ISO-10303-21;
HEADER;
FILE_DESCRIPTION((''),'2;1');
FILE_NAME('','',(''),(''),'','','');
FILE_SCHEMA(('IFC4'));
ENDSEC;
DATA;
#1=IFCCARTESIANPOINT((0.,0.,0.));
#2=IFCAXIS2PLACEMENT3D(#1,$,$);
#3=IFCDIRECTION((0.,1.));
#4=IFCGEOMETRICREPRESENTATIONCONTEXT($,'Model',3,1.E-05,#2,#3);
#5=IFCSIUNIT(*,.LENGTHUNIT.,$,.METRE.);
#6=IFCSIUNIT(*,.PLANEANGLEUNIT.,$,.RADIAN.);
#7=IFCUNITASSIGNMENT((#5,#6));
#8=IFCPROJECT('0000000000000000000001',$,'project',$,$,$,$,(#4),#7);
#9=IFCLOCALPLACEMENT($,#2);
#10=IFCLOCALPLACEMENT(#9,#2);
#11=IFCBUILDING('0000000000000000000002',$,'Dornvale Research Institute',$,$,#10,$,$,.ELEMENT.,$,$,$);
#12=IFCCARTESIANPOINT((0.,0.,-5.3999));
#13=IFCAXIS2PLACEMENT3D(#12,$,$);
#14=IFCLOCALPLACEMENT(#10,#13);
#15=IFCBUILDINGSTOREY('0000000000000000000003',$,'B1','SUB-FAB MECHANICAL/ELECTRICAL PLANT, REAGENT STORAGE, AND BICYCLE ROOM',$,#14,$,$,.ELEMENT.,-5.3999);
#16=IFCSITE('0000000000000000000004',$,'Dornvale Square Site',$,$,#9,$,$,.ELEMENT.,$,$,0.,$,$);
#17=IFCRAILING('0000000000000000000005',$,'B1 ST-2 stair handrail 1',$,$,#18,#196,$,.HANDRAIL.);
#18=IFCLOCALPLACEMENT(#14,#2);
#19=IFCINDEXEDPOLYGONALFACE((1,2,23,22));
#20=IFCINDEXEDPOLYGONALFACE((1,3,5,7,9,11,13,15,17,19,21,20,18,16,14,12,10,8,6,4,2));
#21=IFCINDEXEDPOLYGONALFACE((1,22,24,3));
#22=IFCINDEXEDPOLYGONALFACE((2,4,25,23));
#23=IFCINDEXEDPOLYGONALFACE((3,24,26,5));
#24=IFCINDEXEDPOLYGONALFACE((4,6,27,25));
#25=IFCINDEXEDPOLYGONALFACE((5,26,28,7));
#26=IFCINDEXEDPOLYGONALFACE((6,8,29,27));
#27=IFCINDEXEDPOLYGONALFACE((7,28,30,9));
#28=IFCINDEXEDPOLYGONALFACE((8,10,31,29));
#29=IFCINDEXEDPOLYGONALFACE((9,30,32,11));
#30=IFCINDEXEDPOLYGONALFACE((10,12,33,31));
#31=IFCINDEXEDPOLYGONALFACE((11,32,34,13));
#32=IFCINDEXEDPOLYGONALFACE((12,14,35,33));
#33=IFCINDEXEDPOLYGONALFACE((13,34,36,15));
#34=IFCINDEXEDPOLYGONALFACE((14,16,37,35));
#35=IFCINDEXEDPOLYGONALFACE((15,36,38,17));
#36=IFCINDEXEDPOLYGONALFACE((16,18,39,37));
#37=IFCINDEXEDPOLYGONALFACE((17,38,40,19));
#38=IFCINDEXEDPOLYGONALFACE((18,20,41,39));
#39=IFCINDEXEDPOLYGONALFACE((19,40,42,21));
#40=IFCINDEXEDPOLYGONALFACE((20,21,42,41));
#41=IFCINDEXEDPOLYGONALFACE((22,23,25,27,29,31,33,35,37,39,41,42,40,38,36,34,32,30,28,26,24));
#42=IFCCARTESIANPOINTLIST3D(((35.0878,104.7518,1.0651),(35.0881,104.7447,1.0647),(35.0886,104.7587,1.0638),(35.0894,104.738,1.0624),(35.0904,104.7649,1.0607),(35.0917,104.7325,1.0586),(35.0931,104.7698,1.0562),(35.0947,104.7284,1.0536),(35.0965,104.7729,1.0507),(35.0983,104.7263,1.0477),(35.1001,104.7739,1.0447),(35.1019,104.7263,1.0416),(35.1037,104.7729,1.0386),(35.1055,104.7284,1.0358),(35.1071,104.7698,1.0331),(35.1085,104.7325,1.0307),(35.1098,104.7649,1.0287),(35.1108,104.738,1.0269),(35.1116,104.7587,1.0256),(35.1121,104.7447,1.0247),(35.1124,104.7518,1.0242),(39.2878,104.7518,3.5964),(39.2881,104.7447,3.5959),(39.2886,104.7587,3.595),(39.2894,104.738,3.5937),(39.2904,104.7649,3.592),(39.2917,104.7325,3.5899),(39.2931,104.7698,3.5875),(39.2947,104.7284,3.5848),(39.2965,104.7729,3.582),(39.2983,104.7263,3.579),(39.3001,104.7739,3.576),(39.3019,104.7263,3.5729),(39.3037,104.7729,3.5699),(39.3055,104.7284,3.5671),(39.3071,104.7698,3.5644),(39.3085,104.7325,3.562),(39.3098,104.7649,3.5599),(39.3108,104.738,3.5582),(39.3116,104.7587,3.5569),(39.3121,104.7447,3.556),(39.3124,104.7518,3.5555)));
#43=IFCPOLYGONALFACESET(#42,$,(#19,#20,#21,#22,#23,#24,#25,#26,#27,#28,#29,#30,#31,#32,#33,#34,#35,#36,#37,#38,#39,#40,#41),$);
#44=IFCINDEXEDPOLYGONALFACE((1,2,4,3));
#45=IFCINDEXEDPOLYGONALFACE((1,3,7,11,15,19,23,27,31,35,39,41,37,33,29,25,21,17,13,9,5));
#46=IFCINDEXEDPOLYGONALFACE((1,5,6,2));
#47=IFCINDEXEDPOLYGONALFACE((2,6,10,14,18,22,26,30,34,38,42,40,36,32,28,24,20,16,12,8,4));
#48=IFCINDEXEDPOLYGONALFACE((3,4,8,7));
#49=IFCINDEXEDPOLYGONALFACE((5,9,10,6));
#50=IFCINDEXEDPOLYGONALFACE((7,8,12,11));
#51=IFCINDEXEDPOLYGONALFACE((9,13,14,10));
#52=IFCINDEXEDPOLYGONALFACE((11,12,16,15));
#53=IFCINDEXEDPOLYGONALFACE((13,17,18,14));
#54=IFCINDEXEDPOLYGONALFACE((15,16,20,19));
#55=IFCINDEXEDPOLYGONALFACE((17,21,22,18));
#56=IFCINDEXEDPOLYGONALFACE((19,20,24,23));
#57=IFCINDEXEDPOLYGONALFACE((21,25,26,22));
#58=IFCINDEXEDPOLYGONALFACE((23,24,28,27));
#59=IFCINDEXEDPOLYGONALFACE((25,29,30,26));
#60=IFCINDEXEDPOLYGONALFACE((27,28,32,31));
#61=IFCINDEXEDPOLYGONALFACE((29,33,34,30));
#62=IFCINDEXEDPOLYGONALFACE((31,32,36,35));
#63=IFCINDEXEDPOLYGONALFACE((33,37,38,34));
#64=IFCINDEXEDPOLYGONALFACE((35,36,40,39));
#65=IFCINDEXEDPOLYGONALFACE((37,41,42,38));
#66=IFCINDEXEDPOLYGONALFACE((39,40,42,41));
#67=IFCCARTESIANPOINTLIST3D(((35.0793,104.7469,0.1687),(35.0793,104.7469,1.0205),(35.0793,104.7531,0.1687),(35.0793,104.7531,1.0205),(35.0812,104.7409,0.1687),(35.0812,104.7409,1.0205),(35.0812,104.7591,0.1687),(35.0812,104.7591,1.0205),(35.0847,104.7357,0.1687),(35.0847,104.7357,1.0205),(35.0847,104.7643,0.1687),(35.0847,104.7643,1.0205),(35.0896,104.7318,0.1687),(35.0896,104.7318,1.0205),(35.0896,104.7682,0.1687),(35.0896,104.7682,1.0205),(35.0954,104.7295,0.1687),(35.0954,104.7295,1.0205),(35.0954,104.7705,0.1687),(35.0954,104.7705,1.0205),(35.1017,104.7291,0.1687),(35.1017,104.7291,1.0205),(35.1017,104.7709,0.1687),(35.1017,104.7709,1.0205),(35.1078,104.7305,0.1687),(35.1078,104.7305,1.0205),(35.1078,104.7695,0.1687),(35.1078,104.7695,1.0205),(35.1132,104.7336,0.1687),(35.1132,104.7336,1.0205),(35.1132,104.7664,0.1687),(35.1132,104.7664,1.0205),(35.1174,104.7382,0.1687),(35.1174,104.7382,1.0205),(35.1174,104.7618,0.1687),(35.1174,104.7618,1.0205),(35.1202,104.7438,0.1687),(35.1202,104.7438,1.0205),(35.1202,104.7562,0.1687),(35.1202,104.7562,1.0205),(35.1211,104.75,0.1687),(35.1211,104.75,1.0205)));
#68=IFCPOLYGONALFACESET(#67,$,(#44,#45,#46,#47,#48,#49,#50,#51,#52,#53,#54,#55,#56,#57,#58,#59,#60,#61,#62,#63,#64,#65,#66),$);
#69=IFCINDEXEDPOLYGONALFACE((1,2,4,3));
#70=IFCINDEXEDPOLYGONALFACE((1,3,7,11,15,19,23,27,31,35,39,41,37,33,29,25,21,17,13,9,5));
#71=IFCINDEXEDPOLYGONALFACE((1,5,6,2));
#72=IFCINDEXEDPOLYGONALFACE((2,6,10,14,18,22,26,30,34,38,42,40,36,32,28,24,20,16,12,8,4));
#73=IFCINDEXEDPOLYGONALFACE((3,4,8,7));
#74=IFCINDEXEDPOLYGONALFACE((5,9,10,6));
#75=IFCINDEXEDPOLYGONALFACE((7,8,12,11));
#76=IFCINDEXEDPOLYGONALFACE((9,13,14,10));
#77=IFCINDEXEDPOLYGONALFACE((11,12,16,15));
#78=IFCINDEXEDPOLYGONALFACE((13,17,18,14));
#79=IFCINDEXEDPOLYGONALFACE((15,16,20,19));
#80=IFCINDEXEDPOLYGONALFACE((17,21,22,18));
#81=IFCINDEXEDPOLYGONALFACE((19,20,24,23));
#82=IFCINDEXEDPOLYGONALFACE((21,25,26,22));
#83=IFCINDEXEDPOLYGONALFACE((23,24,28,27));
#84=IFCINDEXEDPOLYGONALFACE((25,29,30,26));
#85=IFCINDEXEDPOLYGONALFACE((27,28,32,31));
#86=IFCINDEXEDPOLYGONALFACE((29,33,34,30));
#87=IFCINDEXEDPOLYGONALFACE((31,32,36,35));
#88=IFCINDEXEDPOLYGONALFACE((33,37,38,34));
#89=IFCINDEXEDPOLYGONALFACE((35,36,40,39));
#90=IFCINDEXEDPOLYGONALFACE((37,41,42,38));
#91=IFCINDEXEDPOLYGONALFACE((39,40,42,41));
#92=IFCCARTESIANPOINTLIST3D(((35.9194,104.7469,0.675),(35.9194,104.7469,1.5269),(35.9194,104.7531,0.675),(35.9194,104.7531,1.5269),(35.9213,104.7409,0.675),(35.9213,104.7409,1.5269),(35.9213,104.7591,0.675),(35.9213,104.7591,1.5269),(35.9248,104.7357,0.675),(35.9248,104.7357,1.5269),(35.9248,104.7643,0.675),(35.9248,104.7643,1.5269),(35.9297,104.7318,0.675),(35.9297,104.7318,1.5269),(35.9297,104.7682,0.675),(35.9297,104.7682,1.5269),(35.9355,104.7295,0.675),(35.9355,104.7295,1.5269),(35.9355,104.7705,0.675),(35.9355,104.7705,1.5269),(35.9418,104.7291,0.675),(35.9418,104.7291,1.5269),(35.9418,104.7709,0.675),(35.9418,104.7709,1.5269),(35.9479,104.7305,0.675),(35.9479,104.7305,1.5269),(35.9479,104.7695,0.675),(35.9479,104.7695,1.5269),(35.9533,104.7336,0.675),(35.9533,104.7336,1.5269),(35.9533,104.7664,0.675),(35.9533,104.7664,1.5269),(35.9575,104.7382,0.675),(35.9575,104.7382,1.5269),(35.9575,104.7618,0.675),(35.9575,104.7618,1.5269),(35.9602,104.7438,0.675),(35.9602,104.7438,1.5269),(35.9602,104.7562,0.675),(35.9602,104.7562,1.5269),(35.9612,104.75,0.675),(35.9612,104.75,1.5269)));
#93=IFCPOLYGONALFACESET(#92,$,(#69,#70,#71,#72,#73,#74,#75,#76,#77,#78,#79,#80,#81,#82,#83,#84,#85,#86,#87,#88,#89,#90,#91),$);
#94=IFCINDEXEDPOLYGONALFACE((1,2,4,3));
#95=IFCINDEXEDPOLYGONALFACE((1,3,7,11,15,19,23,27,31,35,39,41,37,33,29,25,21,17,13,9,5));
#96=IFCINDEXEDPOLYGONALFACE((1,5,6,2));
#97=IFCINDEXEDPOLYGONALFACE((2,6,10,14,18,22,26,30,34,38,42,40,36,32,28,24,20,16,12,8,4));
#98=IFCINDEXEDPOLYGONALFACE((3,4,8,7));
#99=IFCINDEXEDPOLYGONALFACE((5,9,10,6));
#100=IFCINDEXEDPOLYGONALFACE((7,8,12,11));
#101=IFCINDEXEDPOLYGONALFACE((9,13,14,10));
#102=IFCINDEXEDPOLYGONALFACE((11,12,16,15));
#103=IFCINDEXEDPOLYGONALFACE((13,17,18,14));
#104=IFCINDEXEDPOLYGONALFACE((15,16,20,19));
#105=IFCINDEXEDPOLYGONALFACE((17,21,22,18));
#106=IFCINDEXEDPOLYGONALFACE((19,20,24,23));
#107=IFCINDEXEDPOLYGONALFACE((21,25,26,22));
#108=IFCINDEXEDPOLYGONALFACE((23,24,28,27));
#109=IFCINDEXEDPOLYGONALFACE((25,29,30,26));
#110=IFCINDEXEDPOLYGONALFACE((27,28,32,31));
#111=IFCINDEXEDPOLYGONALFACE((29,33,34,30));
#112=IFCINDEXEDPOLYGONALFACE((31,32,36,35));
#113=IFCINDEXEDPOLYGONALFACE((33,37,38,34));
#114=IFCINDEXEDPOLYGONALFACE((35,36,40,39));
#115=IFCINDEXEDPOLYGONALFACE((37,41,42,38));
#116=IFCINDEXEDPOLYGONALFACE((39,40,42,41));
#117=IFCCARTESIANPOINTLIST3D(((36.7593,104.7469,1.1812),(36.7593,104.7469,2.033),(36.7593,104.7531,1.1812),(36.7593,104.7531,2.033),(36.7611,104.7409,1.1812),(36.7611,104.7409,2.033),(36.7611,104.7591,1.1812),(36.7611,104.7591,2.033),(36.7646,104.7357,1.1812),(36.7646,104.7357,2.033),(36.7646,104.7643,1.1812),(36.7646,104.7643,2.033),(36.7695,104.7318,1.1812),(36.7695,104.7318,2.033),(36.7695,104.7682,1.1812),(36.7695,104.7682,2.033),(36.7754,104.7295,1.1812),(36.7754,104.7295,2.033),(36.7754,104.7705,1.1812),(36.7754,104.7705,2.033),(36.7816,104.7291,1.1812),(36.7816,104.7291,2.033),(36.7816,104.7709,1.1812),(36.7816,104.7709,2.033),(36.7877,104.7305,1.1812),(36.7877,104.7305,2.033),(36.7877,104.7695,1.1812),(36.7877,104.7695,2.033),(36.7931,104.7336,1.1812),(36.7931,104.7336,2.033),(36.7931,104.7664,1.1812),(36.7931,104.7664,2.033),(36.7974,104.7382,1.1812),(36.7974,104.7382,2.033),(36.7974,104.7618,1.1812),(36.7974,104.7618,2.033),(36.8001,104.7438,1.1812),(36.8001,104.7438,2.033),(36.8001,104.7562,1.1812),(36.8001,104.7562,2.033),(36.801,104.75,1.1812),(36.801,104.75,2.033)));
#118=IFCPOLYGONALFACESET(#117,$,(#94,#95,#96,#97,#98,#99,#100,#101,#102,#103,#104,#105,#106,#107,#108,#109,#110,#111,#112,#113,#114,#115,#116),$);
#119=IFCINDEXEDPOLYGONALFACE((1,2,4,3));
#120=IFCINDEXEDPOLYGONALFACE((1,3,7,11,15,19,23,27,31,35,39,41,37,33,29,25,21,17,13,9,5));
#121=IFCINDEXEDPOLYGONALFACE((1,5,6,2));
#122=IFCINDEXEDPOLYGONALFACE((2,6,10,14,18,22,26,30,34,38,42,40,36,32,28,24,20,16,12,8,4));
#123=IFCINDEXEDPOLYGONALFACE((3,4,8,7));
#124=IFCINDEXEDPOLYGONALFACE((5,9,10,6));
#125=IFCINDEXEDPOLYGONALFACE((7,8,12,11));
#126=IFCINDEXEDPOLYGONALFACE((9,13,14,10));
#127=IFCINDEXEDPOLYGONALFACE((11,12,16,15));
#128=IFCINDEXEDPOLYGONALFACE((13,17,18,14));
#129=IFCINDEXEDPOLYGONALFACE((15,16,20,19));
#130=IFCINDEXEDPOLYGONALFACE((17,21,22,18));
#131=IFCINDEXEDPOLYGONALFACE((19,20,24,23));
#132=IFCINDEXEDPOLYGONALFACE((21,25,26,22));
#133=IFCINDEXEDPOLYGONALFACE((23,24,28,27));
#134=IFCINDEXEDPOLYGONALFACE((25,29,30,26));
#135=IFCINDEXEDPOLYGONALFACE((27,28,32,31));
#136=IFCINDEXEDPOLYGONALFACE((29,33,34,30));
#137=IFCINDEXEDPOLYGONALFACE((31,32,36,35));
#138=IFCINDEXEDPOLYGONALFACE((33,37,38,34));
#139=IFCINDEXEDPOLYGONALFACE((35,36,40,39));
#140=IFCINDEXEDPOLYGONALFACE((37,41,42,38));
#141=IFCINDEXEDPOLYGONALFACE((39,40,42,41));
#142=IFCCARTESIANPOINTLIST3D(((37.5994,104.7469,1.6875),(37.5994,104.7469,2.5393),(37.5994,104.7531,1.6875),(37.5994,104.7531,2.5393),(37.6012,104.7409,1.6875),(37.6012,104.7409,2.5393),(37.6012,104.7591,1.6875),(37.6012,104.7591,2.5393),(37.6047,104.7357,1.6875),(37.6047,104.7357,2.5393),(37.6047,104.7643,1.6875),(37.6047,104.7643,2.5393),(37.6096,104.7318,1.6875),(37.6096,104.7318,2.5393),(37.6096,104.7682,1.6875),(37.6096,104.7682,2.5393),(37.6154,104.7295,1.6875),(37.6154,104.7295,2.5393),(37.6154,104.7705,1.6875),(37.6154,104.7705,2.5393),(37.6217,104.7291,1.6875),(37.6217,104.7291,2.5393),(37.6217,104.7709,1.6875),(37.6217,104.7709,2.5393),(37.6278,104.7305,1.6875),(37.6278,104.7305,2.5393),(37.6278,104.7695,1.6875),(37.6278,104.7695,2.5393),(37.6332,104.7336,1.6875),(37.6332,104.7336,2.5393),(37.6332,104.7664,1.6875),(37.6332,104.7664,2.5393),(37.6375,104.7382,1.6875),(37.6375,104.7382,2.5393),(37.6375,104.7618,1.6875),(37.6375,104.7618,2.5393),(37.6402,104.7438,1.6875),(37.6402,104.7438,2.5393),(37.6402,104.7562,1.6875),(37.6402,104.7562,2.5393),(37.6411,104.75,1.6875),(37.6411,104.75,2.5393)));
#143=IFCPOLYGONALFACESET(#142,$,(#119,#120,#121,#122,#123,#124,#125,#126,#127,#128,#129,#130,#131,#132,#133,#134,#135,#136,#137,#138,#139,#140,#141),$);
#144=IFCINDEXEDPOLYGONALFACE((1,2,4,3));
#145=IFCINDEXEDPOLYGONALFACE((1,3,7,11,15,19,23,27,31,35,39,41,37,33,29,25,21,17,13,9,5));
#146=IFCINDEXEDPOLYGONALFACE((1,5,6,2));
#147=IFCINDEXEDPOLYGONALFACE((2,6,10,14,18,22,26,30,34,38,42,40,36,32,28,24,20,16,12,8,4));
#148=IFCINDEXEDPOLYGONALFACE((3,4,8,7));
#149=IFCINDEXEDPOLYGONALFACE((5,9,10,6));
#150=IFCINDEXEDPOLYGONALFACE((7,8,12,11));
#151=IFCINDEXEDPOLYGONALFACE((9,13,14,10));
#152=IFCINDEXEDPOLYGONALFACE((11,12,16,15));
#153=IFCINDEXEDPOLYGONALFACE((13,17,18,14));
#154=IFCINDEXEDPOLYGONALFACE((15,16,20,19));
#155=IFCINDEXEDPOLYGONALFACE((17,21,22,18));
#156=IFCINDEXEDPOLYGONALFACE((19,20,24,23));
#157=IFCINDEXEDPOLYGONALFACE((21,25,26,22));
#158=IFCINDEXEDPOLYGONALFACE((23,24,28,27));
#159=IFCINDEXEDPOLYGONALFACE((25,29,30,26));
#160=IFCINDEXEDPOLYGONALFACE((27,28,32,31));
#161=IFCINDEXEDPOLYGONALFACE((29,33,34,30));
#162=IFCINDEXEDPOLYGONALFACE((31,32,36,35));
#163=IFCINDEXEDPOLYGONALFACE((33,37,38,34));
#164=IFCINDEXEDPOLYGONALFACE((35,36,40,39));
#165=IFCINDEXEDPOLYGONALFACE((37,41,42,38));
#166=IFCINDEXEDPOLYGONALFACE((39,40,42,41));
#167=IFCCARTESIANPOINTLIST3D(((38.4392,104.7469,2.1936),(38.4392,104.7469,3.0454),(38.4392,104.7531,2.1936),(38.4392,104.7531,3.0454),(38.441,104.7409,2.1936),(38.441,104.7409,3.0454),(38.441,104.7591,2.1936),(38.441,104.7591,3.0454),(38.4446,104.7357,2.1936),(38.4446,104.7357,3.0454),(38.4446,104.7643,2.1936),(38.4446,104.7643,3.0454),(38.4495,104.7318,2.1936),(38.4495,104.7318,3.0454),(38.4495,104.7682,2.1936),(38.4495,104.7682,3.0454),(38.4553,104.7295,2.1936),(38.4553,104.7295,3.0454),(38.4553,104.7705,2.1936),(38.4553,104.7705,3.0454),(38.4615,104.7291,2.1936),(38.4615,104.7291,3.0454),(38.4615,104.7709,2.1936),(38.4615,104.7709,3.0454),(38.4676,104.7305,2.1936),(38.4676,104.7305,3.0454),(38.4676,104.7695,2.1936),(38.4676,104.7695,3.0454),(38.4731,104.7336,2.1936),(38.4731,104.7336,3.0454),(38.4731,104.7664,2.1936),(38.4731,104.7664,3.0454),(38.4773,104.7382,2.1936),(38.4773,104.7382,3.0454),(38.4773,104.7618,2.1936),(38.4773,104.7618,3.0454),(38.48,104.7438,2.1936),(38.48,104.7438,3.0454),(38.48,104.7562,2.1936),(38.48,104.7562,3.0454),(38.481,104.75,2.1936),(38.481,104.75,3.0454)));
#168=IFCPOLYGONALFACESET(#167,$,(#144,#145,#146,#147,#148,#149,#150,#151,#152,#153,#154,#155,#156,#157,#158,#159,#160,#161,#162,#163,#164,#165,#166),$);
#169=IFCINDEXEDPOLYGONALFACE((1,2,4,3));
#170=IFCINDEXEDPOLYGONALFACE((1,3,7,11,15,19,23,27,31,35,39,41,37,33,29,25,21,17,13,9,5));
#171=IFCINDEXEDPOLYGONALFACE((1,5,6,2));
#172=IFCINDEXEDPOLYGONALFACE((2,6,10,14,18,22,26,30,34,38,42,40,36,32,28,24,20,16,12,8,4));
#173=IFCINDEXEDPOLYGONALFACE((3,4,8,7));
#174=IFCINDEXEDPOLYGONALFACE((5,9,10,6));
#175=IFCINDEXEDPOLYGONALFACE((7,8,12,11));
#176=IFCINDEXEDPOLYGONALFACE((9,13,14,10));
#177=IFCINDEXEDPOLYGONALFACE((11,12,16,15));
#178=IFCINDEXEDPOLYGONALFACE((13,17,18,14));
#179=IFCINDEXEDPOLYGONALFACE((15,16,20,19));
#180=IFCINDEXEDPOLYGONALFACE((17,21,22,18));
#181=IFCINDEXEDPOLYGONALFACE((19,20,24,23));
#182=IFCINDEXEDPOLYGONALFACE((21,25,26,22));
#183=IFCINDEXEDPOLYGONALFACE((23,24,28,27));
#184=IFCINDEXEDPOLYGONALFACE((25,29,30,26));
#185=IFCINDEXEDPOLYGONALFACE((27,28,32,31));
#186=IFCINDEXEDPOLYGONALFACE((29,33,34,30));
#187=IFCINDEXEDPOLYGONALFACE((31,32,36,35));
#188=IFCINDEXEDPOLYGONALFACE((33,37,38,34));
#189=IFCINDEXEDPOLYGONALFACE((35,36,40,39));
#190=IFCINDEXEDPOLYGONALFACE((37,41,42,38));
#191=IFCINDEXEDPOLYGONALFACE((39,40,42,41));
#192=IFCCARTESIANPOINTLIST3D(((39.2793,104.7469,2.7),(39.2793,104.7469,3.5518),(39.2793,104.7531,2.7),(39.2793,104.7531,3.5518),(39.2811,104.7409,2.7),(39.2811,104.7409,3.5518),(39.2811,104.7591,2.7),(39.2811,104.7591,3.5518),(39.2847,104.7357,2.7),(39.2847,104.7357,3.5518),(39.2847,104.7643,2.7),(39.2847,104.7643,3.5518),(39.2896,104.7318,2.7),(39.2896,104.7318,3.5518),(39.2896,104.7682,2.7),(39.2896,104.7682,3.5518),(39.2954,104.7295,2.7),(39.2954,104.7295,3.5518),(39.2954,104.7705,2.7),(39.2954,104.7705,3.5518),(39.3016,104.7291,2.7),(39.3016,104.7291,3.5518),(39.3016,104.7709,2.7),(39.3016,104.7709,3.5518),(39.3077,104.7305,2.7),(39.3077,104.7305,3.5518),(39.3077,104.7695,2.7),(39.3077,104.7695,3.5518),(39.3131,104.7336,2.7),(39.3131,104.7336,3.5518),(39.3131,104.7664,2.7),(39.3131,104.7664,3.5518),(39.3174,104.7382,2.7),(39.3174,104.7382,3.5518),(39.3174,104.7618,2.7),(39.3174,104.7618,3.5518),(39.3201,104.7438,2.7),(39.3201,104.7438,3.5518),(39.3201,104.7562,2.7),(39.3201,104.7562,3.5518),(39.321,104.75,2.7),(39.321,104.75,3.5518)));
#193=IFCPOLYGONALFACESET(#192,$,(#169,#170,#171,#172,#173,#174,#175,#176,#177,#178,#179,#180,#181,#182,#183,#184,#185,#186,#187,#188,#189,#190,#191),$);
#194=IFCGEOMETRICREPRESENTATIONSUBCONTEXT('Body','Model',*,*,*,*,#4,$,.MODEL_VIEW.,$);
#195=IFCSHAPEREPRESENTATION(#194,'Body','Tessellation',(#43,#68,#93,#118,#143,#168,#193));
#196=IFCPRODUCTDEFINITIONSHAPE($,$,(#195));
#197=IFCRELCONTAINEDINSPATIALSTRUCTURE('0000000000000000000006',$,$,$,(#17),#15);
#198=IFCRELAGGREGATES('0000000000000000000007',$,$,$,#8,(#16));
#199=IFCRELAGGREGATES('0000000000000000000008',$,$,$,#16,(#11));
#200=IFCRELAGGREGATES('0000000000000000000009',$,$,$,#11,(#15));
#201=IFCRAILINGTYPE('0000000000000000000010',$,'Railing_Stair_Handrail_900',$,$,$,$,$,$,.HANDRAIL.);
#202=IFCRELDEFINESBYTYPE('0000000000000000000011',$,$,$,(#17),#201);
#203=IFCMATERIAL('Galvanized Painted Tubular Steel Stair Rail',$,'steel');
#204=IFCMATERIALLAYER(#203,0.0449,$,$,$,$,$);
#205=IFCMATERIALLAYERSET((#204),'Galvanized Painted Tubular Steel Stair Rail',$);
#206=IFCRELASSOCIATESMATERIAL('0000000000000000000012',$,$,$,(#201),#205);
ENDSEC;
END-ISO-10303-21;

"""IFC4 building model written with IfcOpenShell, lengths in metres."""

from ifc_helpers import new_model, si_unit, direction, frame, origin, origin_2d, place, context, subcontext, project, spatial, circle, extrude, material, layer, layer_set, type_object, element, save


model = new_model("IFC4")

# Units and contexts
model_context = context("Model", 3, precision=1e-05, world=origin(), true_north=direction((0.0, 1.0)))
body_context = subcontext(model_context, "Body", "Model", "MODEL_VIEW")
ifc_project = project(units=[si_unit("LENGTHUNIT", "METRE"), si_unit("PLANEANGLEUNIT", "RADIAN")], contexts=[model_context])

# Site, building, storey
site_placement = place(None, origin())
site = spatial("IfcSite", under=ifc_project, at=site_placement, Name="Dornvale Square Site", CompositionType="ELEMENT", RefElevation=0.0)
building_placement = place(site_placement, origin())
building = spatial("IfcBuilding", under=site, at=building_placement, Name="Dornvale Research Institute", CompositionType="ELEMENT")
storey_placement = place(building_placement, frame((0.0, 0.0, -5.3999)))
storey = spatial("IfcBuildingStorey", under=building, at=storey_placement, Name="B1", Description="SUB-FAB MECHANICAL/ELECTRICAL PLANT, REAGENT STORAGE, AND BICYCLE ROOM", CompositionType="ELEMENT", Elevation=-5.3999)

# Railing
ifc_material_1 = material(Name="Galvanized Painted Tubular Steel Stair Rail", Category="steel")
ifc_layer_1 = layer(ifc_material_1, 0.0449)
ifc_layer_set_1 = layer_set([ifc_layer_1], Name="Galvanized Painted Tubular Steel Stair Rail")
railing_type_1 = type_object("IfcRailingType", Name="Railing_Stair_Handrail_900", PredefinedType="HANDRAIL", material=ifc_layer_set_1)
railing_1_placement = place(storey_placement, frame((35.1001, 104.75, 0.1687)))
element("IfcRailing", 1, at=railing_1_placement, inside=storey, type_object=railing_type_1, Name="B1 ST-2 stair handrail 1", PredefinedType="HANDRAIL", context=body_context, shape_type="SweptSolid", body=[
    extrude(circle(Radius=0.0239, at=origin_2d()), frame((0.0, 0.0, 0.876), z_axis=(0.856476, 0.0, 0.516186), x_axis=(0.0, 1.0, 0.0)), (0.0, 0.0, 1.0), 4.9038),
    extrude(circle(Radius=0.021, at=origin_2d()), origin(), (0.0, 0.0, 1.0), 0.8518),
    extrude(circle(Radius=0.021, at=origin_2d()), frame((0.8401, 0.0, 0.5063)), (0.0, 0.0, 1.0), 0.8518),
    extrude(circle(Radius=0.021, at=origin_2d()), frame((1.6799, 0.0, 1.0125)), (0.0, 0.0, 1.0), 0.8518),
    extrude(circle(Radius=0.021, at=origin_2d()), frame((2.52, 0.0, 1.5188)), (0.0, 0.0, 1.0), 0.8518),
    extrude(circle(Radius=0.021, at=origin_2d()), frame((3.3599, 0.0, 2.0249)), (0.0, 0.0, 1.0), 0.8518),
    extrude(circle(Radius=0.021, at=origin_2d()), frame((4.2, 0.0, 2.5312)), (0.0, 0.0, 1.0), 0.8518),
])

save(model, "model.ifc")
